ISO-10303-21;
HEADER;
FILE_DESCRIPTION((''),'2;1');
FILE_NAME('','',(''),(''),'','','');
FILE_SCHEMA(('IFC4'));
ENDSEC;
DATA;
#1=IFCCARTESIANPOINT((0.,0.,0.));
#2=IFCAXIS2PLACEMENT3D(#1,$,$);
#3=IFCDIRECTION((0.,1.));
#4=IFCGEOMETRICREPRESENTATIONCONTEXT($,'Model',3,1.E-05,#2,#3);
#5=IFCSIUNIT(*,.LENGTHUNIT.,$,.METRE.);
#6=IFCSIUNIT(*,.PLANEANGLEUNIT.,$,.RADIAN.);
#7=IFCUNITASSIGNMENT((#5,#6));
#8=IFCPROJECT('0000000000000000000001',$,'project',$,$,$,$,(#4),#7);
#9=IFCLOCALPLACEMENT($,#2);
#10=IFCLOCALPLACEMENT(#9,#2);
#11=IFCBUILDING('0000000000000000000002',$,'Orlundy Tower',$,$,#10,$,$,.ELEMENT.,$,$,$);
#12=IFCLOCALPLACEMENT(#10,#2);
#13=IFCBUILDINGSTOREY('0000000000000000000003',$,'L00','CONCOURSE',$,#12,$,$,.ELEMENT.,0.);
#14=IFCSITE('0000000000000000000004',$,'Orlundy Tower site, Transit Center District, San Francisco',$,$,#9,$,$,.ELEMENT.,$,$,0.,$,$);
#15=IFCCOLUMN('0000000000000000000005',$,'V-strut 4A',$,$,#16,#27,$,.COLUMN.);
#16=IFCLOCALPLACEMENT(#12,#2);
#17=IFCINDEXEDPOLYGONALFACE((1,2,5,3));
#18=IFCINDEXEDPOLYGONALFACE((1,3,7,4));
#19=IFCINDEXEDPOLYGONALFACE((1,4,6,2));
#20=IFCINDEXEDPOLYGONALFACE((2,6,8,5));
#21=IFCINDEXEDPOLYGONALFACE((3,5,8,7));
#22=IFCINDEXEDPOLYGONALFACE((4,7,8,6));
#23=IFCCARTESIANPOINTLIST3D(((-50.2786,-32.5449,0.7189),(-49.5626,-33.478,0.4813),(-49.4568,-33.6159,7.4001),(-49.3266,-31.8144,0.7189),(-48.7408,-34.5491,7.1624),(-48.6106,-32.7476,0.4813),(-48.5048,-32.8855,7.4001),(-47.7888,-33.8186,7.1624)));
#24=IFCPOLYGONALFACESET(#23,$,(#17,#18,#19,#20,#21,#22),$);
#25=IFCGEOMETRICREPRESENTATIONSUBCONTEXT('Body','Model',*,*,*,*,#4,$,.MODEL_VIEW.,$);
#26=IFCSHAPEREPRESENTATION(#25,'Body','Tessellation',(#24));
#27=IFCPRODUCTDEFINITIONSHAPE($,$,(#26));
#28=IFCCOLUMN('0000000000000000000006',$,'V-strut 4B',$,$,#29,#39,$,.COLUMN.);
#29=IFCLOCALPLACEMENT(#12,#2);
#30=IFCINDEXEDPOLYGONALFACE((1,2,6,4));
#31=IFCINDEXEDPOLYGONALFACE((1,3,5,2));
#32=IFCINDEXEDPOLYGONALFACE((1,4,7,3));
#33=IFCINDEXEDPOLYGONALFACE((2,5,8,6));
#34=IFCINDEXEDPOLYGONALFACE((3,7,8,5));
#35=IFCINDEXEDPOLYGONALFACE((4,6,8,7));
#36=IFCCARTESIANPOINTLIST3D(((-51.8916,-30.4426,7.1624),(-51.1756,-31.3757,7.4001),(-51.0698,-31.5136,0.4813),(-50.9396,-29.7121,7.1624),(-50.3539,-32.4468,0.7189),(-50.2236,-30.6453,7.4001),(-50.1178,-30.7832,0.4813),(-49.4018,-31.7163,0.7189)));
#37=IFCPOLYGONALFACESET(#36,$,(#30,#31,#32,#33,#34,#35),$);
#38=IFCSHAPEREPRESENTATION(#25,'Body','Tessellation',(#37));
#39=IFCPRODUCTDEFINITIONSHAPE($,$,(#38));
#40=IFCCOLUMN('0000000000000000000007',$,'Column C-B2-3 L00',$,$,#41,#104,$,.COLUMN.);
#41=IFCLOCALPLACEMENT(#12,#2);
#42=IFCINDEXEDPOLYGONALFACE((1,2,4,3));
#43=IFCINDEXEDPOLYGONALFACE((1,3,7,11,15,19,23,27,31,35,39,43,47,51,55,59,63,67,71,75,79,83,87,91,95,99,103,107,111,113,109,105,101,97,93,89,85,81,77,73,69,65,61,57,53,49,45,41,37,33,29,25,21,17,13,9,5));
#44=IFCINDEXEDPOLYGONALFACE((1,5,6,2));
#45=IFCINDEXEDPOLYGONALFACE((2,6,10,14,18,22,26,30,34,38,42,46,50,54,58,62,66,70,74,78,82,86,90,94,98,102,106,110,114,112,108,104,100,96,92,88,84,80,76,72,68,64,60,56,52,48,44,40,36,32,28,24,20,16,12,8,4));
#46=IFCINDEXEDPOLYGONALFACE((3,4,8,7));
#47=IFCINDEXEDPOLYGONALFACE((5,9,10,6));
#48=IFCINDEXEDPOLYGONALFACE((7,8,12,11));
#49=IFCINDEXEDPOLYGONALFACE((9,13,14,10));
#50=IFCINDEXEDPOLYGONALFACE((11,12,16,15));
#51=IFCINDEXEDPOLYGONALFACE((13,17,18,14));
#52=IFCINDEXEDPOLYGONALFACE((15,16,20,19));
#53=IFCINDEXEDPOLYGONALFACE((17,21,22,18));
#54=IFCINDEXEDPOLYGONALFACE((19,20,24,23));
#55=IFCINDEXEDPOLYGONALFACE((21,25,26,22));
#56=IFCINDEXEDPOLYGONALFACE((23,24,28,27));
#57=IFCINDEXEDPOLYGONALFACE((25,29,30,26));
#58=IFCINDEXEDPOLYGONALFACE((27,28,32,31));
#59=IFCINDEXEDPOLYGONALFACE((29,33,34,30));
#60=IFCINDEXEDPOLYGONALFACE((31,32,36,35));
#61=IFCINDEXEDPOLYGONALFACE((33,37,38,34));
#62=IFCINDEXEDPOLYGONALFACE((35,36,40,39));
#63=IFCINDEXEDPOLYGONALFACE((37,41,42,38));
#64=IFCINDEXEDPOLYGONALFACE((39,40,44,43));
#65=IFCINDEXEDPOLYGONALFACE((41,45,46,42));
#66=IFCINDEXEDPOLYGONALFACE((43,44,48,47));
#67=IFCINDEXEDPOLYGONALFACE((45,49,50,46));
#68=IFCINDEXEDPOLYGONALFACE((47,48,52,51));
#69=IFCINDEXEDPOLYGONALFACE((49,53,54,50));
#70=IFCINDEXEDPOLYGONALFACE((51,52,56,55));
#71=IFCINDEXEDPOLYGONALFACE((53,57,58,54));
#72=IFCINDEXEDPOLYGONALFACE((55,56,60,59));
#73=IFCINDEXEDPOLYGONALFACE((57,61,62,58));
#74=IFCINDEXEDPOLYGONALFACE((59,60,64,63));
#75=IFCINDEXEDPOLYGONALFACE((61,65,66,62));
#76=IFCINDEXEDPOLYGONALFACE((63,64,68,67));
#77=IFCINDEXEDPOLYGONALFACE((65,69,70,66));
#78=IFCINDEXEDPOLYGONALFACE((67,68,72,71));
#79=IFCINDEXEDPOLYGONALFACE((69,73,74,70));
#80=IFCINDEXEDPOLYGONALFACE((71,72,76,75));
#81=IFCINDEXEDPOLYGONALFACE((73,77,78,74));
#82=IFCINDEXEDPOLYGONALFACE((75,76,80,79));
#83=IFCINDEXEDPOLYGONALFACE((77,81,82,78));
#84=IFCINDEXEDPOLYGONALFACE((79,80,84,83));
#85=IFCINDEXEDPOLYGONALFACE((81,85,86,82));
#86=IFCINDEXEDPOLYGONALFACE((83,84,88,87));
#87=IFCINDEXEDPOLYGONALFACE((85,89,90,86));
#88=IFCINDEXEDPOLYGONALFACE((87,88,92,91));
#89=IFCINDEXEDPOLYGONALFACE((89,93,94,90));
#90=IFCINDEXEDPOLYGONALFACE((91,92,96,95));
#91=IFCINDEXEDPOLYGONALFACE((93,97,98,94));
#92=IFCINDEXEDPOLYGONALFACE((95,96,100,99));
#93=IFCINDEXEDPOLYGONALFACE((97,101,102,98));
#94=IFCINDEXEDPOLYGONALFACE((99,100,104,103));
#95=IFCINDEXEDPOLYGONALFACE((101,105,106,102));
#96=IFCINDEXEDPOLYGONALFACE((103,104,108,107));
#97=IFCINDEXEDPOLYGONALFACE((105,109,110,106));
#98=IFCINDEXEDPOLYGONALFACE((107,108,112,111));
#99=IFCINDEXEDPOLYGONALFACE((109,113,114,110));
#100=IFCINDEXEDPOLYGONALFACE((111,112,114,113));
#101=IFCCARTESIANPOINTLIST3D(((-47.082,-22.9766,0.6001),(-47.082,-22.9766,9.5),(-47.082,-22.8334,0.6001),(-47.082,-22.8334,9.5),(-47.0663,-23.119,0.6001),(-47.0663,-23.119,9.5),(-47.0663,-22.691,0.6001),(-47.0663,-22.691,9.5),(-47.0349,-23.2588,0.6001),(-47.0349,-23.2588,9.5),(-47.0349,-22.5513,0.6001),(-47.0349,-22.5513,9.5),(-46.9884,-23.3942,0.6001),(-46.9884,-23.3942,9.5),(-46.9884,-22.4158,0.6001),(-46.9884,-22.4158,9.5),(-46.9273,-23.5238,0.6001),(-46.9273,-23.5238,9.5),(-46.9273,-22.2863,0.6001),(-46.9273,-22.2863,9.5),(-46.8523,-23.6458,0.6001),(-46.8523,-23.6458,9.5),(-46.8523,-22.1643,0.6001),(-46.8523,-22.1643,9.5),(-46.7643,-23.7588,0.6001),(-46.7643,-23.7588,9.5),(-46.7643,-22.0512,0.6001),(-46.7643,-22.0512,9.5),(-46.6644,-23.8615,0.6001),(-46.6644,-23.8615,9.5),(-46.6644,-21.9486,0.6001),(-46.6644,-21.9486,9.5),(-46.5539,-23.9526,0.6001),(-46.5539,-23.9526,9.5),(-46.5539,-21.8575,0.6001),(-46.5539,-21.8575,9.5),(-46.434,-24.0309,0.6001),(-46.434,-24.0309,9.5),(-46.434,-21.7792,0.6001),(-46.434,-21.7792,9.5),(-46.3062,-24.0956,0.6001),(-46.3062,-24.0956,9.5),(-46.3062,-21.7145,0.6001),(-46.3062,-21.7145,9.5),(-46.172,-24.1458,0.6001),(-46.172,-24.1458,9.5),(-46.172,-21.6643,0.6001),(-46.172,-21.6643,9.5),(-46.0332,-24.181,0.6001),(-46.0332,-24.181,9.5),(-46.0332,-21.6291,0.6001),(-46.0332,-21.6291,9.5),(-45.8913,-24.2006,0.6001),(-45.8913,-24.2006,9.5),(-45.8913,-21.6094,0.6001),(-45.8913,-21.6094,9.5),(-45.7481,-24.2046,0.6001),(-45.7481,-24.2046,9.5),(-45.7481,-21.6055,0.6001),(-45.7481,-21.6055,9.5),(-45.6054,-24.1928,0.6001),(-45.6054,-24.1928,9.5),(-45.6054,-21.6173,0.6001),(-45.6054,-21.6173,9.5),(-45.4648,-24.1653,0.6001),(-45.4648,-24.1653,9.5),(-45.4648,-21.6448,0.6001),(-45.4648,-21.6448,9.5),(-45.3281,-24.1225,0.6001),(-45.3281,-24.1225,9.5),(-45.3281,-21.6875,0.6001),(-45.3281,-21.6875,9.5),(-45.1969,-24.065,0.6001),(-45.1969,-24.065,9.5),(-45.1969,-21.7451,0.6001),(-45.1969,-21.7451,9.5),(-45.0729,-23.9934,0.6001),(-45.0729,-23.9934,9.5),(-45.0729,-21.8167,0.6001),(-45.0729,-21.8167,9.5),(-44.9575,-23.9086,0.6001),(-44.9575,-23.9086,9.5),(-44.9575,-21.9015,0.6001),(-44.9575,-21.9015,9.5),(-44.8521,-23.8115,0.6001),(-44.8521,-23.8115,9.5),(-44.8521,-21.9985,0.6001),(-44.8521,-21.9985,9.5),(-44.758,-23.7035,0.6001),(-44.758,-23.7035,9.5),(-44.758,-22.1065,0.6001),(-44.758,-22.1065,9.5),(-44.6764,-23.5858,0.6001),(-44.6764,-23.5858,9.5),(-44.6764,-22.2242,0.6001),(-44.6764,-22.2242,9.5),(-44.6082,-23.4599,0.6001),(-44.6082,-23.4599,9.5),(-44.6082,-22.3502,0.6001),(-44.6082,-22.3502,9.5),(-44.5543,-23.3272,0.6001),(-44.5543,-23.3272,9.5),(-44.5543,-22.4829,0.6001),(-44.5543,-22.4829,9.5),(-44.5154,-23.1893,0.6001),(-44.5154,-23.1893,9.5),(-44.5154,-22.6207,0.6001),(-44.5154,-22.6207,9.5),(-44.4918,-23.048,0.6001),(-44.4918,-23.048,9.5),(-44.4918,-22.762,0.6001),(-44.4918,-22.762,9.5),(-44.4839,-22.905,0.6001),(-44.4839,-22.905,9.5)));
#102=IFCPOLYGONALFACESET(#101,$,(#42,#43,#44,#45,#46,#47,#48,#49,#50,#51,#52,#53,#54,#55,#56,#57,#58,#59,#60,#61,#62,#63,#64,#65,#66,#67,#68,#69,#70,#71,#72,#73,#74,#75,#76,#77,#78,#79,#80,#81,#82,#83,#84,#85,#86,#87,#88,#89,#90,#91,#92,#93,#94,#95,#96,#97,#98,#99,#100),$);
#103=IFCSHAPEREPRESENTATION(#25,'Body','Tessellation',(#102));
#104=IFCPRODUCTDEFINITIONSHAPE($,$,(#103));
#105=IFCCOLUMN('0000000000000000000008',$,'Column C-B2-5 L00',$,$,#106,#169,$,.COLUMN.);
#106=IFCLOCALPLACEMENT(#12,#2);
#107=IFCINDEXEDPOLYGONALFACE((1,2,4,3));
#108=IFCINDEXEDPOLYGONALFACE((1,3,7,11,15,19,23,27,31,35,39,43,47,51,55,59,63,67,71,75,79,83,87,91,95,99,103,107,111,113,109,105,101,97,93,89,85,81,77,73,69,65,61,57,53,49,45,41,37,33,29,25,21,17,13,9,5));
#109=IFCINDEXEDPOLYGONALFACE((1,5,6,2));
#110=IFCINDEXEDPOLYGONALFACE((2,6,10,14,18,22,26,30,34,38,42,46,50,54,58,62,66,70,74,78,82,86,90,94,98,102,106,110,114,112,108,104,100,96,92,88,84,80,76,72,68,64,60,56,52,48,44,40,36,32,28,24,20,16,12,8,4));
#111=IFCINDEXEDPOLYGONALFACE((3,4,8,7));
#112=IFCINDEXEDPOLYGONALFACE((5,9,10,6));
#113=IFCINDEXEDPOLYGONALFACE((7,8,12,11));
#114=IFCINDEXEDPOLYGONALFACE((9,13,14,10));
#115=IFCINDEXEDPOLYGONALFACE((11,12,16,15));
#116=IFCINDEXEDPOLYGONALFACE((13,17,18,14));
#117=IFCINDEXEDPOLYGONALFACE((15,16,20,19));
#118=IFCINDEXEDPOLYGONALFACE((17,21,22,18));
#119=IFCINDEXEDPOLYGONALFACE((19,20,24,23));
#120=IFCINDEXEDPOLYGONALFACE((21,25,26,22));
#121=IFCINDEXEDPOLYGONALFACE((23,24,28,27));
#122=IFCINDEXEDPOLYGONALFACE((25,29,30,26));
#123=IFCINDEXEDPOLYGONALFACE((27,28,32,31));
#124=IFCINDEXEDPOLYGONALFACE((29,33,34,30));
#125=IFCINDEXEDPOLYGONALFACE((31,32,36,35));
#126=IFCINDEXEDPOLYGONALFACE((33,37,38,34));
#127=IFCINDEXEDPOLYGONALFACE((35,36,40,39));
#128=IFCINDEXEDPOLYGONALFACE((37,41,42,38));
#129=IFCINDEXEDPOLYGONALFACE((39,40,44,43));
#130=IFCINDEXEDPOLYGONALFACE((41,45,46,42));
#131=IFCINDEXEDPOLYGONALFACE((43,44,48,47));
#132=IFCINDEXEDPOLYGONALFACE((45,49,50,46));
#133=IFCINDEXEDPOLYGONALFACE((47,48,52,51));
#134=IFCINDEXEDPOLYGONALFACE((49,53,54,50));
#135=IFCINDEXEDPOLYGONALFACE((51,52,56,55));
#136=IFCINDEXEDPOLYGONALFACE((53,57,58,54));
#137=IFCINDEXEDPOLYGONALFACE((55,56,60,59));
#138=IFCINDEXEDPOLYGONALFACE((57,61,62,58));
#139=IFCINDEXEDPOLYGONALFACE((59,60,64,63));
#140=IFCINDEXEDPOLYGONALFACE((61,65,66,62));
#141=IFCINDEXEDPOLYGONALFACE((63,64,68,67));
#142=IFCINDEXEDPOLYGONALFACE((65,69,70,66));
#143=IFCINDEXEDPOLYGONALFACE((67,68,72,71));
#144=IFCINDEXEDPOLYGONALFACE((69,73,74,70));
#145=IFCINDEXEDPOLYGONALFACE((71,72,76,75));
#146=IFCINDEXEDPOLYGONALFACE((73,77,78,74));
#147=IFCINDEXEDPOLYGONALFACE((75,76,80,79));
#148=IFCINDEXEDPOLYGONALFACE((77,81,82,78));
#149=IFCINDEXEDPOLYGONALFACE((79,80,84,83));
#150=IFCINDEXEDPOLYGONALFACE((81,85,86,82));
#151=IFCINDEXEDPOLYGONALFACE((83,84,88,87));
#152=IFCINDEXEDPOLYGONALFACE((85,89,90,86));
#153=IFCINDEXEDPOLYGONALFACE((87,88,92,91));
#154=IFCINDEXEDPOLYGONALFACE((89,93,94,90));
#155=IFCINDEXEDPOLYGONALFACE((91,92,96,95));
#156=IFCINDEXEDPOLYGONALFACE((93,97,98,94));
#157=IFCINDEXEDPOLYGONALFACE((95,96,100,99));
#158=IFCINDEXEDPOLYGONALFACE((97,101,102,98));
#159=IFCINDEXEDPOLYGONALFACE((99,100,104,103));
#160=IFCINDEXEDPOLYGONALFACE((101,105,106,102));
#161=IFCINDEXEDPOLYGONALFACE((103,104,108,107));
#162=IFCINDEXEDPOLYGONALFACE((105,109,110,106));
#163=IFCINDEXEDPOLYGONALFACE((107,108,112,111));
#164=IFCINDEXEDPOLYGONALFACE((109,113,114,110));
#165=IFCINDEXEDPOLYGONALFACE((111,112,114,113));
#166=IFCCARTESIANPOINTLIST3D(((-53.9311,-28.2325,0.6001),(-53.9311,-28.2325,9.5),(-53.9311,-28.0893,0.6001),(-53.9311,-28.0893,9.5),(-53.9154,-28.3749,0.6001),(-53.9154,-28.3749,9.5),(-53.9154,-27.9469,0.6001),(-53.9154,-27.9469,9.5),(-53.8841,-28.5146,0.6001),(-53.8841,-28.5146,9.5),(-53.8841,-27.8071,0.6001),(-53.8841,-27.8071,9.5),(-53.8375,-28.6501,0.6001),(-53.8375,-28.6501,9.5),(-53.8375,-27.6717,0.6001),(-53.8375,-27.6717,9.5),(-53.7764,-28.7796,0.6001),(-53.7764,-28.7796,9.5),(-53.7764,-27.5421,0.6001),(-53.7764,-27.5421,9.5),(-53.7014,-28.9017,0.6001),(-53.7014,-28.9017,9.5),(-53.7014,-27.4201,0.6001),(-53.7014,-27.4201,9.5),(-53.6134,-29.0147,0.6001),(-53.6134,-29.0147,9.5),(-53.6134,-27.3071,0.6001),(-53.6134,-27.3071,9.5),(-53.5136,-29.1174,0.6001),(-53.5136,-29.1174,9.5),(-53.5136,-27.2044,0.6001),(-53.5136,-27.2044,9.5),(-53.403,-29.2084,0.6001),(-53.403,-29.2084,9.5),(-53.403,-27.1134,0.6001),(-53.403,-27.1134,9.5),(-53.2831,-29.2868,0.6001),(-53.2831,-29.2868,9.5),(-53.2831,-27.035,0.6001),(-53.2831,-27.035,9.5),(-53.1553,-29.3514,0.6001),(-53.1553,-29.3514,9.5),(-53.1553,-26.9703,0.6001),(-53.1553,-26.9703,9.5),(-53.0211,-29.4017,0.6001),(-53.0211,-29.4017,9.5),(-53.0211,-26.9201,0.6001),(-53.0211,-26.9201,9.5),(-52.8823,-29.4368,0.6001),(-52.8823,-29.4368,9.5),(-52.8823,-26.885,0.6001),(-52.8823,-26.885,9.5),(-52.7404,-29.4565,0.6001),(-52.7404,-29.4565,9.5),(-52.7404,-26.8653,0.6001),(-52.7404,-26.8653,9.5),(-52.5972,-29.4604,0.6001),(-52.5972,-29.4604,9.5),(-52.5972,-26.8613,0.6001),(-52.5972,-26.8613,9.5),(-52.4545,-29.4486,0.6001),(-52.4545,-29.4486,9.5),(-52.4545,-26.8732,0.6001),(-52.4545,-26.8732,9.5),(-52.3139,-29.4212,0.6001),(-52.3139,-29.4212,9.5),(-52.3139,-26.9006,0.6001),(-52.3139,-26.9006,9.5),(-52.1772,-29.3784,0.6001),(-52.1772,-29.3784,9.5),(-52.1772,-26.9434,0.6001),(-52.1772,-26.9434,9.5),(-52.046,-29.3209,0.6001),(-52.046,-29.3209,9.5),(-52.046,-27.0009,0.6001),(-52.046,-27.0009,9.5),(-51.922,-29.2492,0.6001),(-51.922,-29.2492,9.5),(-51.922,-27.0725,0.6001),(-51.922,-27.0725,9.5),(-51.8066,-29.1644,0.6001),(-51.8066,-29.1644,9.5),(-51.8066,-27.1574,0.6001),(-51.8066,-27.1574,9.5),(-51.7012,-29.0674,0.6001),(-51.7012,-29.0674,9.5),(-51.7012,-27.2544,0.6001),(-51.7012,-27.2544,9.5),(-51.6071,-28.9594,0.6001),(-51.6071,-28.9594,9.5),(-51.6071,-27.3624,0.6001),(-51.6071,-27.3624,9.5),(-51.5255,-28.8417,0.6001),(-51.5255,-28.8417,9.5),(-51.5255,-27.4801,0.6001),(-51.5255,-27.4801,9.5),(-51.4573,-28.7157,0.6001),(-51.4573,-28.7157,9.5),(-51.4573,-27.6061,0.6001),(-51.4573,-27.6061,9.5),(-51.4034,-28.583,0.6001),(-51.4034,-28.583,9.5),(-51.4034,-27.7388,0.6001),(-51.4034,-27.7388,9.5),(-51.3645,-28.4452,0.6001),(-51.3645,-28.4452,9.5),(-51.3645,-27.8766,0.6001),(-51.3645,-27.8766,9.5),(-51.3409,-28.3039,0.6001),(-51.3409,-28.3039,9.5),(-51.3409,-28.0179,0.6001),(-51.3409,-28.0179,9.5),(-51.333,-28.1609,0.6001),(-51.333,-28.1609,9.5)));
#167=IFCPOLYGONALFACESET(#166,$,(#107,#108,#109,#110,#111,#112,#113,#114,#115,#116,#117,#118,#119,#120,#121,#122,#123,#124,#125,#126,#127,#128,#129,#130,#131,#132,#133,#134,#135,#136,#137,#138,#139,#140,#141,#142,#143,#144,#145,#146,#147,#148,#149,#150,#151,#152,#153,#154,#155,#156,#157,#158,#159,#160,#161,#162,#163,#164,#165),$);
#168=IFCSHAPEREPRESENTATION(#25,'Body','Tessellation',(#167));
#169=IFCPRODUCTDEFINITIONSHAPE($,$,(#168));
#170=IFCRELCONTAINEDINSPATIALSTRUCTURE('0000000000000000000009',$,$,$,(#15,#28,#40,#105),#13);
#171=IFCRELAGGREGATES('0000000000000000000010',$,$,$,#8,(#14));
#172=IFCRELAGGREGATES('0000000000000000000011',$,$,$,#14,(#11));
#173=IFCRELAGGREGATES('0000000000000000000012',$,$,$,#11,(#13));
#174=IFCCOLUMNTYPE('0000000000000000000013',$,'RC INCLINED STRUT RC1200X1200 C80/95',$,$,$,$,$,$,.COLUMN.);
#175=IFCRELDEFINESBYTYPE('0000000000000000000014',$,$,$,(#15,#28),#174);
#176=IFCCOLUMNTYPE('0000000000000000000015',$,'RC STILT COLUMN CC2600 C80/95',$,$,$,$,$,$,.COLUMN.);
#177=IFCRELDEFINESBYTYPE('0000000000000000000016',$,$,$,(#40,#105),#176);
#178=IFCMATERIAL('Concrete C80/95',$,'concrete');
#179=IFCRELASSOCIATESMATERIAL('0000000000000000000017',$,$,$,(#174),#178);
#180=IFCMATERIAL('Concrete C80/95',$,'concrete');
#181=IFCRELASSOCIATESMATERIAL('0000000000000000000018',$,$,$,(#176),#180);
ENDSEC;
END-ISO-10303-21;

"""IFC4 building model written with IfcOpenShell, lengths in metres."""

from ifc_helpers import new_model, si_unit, direction, frame, origin, origin_2d, place, context, subcontext, project, spatial, rectangle, circle, extrude, material, material_profile, profile_set, type_object, element, save


model = new_model("IFC4")

# Units and contexts
model_context = context("Model", 3, precision=1e-05, world=origin(), true_north=direction((0.0, 1.0)))
body_context = subcontext(model_context, "Body", "Model", "MODEL_VIEW")
ifc_project = project(units=[si_unit("LENGTHUNIT", "METRE"), si_unit("PLANEANGLEUNIT", "RADIAN")], contexts=[model_context])

# Site, building, storey
site_placement = place(None, origin())
site = spatial("IfcSite", under=ifc_project, at=site_placement, Name="Orlundy Tower site, Transit Center District, San Francisco", CompositionType="ELEMENT", RefElevation=0.0)
building_placement = place(site_placement, origin())
building = spatial("IfcBuilding", under=site, at=building_placement, Name="Orlundy Tower", CompositionType="ELEMENT")
storey_placement = place(building_placement, origin())
storey = spatial("IfcBuildingStorey", under=building, at=storey_placement, Name="L00", Description="CONCOURSE", CompositionType="ELEMENT", Elevation=0.0)

# Columns
ifc_material_1 = material(Name="Concrete C80/95", Category="concrete")
ifc_material_profile_1 = material_profile(ifc_material_1, rectangle(XDim=1.2, YDim=1.2, at=origin_2d()), Name="RC1200X1200")
ifc_profile_set_1 = profile_set([ifc_material_profile_1], Name="Concrete C80/95")
column_type_1 = type_object("IfcColumnType", Name="RC INCLINED STRUT RC1200X1200 C80/95", PredefinedType="COLUMN", material=ifc_profile_set_1)
for number, where, z_axis, x_axis, name in (
    (1, (-49.4446, -32.6462, 0.6001), (0.120563, -0.157133, 0.980191), (0.793376, 0.608731, 0.0), "V-strut 4A"),
    (2, (-50.2358, -31.615, 0.6001), (-0.120563, 0.157133, 0.980191), (-0.793376, -0.608731, 0.0), "V-strut 4B"),
):
    element("IfcColumn", number, at=place(storey_placement, frame(where, z_axis=z_axis, x_axis=x_axis)), inside=storey, type_object=column_type_1, Name=name, PredefinedType="COLUMN", context=body_context, shape_type="SweptSolid", body=[
        extrude(rectangle(XDim=1.2, YDim=1.2, at=origin_2d()), origin(), (0.0, 0.0, 1.0), 6.8162),
    ])
ifc_material_2 = material(Name="Concrete C80/95", Category="concrete")
ifc_material_profile_2 = material_profile(ifc_material_2, circle(Radius=1.3, at=origin_2d()), Name="CC2600")
ifc_profile_set_2 = profile_set([ifc_material_profile_2], Name="Concrete C80/95")
column_type_2 = type_object("IfcColumnType", Name="RC STILT COLUMN CC2600 C80/95", PredefinedType="COLUMN", material=ifc_profile_set_2)
for number, where, z_axis, x_axis, name in (
    (3, (-45.7839, -22.905, 0.6001), (0.0, 0.0, 1.0), (1.0, 0.0, 0.0), "Column C-B2-3 L00"),
    (4, (-52.6331, -28.1609, 0.6001), (0.0, 0.0, 1.0), (1.0, 0.0, 0.0), "Column C-B2-5 L00"),
):
    element("IfcColumn", number, at=place(storey_placement, frame(where, z_axis=z_axis, x_axis=x_axis)), inside=storey, type_object=column_type_2, Name=name, PredefinedType="COLUMN", context=body_context, shape_type="SweptSolid", body=[
        extrude(circle(Radius=1.3, at=origin_2d()), origin(), (0.0, 0.0, 1.0), 8.8999),
    ])

save(model, "model.ifc")
